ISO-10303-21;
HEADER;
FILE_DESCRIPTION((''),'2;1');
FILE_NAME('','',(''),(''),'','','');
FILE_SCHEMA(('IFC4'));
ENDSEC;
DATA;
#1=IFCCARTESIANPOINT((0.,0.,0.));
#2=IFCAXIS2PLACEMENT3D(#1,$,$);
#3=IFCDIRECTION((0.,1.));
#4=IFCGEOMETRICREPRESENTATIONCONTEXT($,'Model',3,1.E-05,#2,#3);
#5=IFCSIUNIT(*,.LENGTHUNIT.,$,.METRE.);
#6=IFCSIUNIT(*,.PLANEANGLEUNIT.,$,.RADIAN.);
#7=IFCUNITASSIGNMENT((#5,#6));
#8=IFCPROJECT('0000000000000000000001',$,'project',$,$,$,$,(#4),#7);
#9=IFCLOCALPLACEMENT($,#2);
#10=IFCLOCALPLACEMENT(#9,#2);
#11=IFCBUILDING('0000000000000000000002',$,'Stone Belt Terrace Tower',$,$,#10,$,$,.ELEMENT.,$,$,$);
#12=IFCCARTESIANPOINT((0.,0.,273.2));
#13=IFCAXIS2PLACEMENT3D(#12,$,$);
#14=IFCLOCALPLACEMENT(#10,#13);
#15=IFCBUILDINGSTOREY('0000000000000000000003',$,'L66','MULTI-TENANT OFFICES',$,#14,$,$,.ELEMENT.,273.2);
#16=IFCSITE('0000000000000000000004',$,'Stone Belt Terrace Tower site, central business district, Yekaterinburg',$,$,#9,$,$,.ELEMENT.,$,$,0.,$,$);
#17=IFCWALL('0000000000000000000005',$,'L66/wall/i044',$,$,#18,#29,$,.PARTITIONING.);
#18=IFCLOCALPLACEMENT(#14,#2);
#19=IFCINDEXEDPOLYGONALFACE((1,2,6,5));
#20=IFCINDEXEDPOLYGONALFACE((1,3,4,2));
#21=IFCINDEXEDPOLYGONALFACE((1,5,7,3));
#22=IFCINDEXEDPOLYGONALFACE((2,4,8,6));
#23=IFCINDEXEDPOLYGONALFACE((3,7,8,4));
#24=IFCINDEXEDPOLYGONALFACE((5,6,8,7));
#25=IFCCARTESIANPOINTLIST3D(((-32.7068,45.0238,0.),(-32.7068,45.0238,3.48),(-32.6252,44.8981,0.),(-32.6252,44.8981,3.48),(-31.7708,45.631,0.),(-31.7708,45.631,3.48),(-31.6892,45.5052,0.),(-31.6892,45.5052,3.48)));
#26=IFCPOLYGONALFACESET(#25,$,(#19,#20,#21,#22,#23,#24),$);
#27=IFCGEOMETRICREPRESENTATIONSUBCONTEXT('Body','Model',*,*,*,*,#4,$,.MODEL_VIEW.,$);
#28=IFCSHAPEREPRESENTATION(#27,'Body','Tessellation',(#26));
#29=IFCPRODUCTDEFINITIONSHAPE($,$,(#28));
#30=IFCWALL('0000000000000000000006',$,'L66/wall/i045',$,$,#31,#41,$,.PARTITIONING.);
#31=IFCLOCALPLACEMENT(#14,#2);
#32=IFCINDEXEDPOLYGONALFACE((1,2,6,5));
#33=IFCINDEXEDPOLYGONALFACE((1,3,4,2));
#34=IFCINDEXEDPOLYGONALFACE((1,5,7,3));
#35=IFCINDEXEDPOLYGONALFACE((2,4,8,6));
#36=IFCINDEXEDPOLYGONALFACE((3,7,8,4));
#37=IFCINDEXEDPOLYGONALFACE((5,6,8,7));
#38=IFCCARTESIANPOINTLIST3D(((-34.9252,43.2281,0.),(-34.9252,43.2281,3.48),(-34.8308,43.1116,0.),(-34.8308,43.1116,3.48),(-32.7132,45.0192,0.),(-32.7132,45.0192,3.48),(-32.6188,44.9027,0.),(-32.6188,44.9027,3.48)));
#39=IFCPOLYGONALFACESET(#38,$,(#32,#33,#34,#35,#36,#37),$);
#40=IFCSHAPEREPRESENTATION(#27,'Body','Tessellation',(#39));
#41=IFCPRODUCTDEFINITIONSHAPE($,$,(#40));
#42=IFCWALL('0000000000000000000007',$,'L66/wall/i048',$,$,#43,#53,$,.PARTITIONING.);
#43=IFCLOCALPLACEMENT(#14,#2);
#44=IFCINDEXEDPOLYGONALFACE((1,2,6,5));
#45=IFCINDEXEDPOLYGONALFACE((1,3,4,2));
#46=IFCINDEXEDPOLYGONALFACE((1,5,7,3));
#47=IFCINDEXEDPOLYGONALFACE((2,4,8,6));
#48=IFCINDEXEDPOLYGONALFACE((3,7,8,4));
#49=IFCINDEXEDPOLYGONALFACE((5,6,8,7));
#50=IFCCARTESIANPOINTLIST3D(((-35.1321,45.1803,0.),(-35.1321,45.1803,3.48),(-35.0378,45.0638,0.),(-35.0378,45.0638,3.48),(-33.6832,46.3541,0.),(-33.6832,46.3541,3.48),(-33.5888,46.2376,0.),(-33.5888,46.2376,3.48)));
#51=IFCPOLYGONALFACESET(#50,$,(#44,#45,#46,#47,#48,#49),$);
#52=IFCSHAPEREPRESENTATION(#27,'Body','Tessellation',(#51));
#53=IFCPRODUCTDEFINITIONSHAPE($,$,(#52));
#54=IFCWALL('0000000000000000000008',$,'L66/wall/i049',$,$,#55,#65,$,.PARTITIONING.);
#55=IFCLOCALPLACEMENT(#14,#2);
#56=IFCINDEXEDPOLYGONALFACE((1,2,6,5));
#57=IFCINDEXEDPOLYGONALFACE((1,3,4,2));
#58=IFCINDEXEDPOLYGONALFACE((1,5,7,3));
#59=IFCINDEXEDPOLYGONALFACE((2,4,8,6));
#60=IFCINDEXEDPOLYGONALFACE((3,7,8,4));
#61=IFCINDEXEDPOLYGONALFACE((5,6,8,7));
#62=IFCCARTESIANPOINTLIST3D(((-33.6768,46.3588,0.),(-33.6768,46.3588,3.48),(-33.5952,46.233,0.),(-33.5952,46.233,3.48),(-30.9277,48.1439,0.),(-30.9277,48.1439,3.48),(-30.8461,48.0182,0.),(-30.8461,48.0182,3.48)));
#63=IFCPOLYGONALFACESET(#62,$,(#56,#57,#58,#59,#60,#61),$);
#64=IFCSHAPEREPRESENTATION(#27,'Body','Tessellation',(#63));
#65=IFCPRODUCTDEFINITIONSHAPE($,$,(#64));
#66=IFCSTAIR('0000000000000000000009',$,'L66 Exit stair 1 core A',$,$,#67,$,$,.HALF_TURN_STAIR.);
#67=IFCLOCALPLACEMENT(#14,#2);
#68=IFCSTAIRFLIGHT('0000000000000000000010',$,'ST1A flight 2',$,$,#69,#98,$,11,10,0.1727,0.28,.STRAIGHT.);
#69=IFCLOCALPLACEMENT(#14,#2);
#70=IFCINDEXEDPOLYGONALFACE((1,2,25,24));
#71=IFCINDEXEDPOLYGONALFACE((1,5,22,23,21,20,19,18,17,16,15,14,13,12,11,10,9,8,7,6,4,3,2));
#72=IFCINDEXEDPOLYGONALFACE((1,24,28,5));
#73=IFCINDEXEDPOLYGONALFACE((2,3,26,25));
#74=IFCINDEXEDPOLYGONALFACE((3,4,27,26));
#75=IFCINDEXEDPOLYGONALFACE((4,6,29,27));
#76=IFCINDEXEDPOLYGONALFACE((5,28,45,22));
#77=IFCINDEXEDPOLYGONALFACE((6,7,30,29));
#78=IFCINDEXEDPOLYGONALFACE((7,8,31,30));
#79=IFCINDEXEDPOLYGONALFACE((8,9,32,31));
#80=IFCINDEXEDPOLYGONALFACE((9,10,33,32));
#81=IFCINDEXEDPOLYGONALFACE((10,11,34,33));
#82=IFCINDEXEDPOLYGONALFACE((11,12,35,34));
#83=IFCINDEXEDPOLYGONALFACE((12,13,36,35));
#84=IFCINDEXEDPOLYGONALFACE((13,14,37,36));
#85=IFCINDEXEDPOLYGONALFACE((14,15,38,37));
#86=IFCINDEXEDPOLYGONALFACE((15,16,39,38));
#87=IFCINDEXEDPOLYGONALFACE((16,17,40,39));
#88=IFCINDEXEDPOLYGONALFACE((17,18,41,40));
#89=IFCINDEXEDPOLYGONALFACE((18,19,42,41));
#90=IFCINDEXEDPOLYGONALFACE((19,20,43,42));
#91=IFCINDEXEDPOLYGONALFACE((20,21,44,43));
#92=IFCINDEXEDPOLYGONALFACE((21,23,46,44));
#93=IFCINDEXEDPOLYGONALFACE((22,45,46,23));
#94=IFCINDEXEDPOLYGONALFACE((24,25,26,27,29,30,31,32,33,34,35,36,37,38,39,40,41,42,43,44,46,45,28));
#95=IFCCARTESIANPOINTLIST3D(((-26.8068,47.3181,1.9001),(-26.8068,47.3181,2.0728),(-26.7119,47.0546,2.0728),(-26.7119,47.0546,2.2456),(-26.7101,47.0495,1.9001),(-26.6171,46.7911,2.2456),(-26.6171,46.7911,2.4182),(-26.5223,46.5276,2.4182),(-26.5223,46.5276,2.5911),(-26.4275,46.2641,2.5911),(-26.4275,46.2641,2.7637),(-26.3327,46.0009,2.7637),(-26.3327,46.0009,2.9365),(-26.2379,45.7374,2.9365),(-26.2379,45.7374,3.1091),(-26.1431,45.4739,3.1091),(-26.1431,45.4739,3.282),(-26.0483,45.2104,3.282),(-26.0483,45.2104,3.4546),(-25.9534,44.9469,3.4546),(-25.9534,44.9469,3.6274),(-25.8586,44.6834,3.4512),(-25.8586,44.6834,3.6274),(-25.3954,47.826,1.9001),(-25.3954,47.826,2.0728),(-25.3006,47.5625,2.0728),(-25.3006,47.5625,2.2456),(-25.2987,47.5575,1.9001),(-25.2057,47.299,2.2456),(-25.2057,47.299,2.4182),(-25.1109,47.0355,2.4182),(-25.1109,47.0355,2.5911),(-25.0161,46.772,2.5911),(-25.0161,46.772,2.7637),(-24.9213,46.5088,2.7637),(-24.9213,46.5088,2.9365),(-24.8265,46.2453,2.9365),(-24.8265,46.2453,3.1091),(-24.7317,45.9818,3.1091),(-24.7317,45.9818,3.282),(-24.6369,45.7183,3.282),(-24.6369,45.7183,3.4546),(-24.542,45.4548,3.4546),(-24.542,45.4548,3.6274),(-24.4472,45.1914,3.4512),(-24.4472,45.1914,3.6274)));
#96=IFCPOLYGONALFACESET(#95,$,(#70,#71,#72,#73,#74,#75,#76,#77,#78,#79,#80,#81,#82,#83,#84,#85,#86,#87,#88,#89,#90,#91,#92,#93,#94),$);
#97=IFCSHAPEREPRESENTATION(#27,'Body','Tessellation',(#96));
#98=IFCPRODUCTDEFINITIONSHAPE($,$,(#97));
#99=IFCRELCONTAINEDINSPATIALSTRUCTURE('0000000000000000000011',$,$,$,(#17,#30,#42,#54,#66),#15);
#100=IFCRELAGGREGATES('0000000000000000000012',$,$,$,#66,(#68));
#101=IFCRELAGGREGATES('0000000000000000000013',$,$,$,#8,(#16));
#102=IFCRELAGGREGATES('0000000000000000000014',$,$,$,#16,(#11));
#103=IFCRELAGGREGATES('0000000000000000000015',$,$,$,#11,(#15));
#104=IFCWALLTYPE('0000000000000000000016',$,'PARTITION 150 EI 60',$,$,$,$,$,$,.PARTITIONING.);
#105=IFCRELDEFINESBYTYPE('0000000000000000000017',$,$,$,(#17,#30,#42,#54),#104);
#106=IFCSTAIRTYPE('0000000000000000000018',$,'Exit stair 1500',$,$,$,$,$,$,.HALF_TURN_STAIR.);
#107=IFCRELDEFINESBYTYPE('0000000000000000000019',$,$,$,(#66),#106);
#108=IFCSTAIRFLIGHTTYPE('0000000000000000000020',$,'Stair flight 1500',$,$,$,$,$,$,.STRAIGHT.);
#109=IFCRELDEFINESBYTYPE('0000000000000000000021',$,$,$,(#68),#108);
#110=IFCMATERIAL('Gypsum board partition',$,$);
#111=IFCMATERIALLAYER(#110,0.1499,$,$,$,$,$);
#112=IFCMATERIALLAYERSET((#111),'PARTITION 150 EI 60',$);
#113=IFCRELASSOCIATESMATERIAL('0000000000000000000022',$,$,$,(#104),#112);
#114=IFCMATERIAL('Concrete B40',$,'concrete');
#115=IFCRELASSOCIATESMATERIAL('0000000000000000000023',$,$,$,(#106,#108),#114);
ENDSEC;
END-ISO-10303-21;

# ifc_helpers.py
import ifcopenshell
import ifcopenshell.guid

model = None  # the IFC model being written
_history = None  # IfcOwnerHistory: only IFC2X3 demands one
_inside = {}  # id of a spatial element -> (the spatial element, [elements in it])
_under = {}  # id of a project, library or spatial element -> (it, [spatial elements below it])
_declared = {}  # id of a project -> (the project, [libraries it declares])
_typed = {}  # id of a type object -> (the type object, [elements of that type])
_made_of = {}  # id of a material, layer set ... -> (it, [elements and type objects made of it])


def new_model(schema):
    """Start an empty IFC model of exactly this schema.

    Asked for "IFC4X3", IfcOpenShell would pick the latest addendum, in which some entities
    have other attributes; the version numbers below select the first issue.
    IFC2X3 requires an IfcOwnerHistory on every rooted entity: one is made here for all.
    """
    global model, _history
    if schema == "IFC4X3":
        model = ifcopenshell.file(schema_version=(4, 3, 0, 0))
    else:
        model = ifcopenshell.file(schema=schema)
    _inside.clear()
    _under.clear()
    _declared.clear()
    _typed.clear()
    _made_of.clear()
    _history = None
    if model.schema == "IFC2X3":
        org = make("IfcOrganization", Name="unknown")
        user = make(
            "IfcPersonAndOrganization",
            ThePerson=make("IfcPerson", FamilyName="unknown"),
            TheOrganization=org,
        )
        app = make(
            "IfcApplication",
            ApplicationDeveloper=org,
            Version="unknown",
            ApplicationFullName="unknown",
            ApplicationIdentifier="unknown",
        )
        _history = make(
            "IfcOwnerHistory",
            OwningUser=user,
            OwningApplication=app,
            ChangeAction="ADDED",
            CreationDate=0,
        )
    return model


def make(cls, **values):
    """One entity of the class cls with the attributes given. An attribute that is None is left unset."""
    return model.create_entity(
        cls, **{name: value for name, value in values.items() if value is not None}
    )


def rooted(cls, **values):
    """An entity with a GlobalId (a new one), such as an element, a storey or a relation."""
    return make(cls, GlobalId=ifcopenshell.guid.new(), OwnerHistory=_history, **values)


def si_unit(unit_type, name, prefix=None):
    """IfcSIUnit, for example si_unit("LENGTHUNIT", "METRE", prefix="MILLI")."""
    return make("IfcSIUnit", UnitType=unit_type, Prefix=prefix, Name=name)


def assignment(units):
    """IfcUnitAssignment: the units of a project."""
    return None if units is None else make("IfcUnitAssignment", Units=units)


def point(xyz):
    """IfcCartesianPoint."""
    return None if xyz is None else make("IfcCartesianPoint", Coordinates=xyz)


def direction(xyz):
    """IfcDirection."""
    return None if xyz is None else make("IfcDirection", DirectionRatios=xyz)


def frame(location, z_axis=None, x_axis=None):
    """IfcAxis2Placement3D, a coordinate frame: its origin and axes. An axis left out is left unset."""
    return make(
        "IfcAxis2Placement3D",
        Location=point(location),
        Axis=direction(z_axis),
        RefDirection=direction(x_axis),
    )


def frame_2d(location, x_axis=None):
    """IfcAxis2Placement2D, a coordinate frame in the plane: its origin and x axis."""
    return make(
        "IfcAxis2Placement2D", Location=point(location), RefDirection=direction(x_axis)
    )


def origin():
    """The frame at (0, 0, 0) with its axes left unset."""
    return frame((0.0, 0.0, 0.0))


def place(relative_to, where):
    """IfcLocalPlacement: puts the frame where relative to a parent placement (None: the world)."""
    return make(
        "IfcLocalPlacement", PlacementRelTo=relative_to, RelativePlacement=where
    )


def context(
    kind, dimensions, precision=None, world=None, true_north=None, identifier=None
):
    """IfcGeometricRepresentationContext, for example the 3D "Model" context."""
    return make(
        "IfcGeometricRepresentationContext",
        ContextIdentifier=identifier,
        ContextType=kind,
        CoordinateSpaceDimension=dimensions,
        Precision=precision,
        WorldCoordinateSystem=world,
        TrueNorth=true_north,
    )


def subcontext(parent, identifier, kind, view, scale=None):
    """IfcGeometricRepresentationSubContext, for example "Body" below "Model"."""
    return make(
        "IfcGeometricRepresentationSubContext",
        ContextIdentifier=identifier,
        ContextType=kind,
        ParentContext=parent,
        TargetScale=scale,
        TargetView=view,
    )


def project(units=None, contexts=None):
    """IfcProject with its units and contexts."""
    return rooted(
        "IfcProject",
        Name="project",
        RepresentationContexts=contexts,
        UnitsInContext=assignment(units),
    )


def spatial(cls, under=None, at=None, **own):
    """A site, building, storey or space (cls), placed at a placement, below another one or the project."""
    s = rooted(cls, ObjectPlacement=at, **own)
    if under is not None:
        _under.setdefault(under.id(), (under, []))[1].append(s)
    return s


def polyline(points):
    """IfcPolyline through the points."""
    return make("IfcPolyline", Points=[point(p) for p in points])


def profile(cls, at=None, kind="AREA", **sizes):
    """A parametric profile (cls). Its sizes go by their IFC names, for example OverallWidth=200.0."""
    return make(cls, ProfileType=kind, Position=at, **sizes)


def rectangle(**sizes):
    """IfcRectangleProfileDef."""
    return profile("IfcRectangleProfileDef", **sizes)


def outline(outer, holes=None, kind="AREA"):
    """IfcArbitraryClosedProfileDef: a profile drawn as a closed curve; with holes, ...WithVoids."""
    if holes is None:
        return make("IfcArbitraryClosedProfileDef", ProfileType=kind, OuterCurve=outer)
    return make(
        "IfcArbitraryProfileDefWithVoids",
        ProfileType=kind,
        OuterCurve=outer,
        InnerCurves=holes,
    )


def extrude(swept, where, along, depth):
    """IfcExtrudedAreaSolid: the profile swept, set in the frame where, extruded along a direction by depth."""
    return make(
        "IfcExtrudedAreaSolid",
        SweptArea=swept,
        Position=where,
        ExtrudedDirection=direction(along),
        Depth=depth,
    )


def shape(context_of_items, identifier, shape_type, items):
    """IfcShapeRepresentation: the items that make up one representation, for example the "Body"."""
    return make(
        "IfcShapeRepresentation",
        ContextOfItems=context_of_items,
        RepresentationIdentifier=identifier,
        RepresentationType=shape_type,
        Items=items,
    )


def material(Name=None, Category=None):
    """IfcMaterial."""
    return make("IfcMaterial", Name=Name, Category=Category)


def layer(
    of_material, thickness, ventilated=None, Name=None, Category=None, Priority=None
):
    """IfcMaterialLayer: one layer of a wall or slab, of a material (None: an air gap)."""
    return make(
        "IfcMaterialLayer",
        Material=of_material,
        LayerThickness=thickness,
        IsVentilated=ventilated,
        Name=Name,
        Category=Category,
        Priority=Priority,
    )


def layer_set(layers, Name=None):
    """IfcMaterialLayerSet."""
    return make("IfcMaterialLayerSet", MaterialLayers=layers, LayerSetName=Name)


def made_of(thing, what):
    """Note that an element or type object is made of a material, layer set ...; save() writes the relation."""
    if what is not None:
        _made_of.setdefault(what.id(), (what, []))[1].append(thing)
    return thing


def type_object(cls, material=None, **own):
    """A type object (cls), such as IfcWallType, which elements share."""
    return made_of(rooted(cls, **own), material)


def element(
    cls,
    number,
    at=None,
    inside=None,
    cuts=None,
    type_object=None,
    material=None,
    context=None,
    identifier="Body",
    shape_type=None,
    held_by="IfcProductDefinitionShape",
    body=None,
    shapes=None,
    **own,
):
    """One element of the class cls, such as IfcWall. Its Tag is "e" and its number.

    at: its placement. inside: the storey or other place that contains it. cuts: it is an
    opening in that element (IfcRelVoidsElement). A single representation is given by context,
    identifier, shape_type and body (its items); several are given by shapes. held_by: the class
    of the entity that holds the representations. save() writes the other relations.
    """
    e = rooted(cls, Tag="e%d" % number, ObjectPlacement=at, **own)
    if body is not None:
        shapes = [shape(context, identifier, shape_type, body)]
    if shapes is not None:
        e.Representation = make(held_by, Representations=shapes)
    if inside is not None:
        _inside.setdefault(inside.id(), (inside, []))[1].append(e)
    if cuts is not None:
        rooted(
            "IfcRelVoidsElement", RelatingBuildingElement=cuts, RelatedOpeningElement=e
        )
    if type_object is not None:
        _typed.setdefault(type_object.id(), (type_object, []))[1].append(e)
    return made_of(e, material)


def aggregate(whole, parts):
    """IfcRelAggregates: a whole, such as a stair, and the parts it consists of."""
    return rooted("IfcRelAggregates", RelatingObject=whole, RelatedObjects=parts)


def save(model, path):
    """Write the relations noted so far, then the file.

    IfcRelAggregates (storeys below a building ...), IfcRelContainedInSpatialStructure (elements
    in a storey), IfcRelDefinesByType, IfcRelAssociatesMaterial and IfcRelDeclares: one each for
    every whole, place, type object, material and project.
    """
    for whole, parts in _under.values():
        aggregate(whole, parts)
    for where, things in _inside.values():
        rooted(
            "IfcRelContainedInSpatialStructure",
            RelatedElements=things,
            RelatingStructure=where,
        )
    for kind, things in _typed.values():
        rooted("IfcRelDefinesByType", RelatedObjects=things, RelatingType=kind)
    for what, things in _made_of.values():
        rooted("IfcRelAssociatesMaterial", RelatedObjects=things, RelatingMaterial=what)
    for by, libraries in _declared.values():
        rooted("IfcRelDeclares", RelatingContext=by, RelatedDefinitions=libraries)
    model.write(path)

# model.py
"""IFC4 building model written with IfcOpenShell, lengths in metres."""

from ifc_helpers import new_model, si_unit, direction, frame, frame_2d, origin, place, context, subcontext, project, spatial, polyline, rectangle, outline, extrude, material, layer, layer_set, type_object, element, aggregate, save


model = new_model("IFC4")

# Units and contexts
model_context = context("Model", 3, precision=1e-05, world=origin(), true_north=direction((0.0, 1.0)))
body_context = subcontext(model_context, "Body", "Model", "MODEL_VIEW")
ifc_project = project(units=[si_unit("LENGTHUNIT", "METRE"), si_unit("PLANEANGLEUNIT", "RADIAN")], contexts=[model_context])

# Site, building, storey
site_placement = place(None, origin())
site = spatial("IfcSite", under=ifc_project, at=site_placement, Name="Stone Belt Terrace Tower site, central business district, Yekaterinburg", CompositionType="ELEMENT", RefElevation=0.0)
building_placement = place(site_placement, origin())
building = spatial("IfcBuilding", under=site, at=building_placement, Name="Stone Belt Terrace Tower", CompositionType="ELEMENT")
storey_placement = place(building_placement, frame((0.0, 0.0, 273.2)))
storey = spatial("IfcBuildingStorey", under=building, at=storey_placement, Name="L66", Description="MULTI-TENANT OFFICES", CompositionType="ELEMENT", Elevation=273.2)

# Walls
ifc_material_1 = material(Name="Gypsum board partition")
ifc_layer_1 = layer(ifc_material_1, 0.1499)
ifc_layer_set_1 = layer_set([ifc_layer_1], Name="PARTITION 150 EI 60")
wall_type_1 = type_object("IfcWallType", Name="PARTITION 150 EI 60", PredefinedType="PARTITIONING", material=ifc_layer_set_1)
wall_1_placement = place(storey_placement, frame((-31.73, 45.5681, 0.0), z_axis=(0.0, 0.0, 1.0), x_axis=(-0.838953, -0.544204, 0.0)))
element("IfcWall", 1, at=wall_1_placement, inside=storey, type_object=wall_type_1, Name="L66/wall/i044", PredefinedType="PARTITIONING", context=body_context, shape_type="SweptSolid", body=[
    extrude(rectangle(XDim=1.1157, YDim=0.1499, at=frame_2d((0.5579, 0.0))), origin(), (0.0, 0.0, 1.0), 3.48),
])
wall_2_placement = place(storey_placement, frame((-32.666, 44.9609, 0.0), z_axis=(0.0, 0.0, 1.0), x_axis=(-0.777173, -0.629287, 0.0)))
element("IfcWall", 2, at=wall_2_placement, inside=storey, type_object=wall_type_1, Name="L66/wall/i045", PredefinedType="PARTITIONING", context=body_context, shape_type="SweptSolid", body=[
    extrude(rectangle(XDim=2.8462, YDim=0.1499, at=frame_2d((1.4231, 0.0))), origin(), (0.0, 0.0, 1.0), 3.48),
])
wall_3_placement = place(storey_placement, frame((-35.085, 45.1221, 0.0), z_axis=(0.0, 0.0, 1.0), x_axis=(0.777022, 0.629473, 0.0)))
element("IfcWall", 3, at=wall_3_placement, inside=storey, type_object=wall_type_1, Name="L66/wall/i048", PredefinedType="PARTITIONING", context=body_context, shape_type="SweptSolid", body=[
    extrude(rectangle(XDim=1.8647, YDim=0.1499, at=frame_2d((0.9324, 0.0))), origin(), (0.0, 0.0, 1.0), 3.48),
])
wall_4_placement = place(storey_placement, frame((-33.636, 46.2959, 0.0), z_axis=(0.0, 0.0, 1.0), x_axis=(0.838682, 0.544622, 0.0)))
element("IfcWall", 4, at=wall_4_placement, inside=storey, type_object=wall_type_1, Name="L66/wall/i049", PredefinedType="PARTITIONING", context=body_context, shape_type="SweptSolid", body=[
    extrude(rectangle(XDim=3.2778, YDim=0.1499, at=frame_2d((1.6389, 0.0))), origin(), (0.0, 0.0, 1.0), 3.48),
])

# Stair, stair flight
ifc_material_2 = material(Name="Concrete B40", Category="concrete")
stair_type = type_object("IfcStairType", Name="Exit stair 1500", PredefinedType="HALF_TURN_STAIR", material=ifc_material_2)
stair_placement = place(storey_placement, origin())
stair = element("IfcStair", 5, at=stair_placement, inside=storey, type_object=stair_type, Name="L66 Exit stair 1 core A", PredefinedType="HALF_TURN_STAIR")
stair_flight_type = type_object("IfcStairFlightType", Name="Stair flight 1500", PredefinedType="STRAIGHT", material=ifc_material_2)
stair_flight_placement = place(storey_placement, frame((-26.1011, 47.572, 1.9001), z_axis=(0.0, 0.0, 1.0), x_axis=(0.338624, -0.940922, 0.0)))
stair_flight = element("IfcStairFlight", 6, at=stair_flight_placement, type_object=stair_flight_type, Name="ST1A flight 2", NumberOfRisers=11, NumberOfTreads=10, PredefinedType="STRAIGHT", RiserHeight=0.1727, TreadLength=0.28, context=body_context, shape_type="SweptSolid", body=[
    extrude(outline(polyline([(0.0, 0.0), (0.0, 0.1726), (0.28, 0.1726), (0.28, 0.3455), (0.5601, 0.3455), (0.5601, 0.5181), (0.8401, 0.5181), (0.8401, 0.6909), (1.1201, 0.6909), (1.1201, 0.8635), (1.3999, 0.8635), (1.3999, 1.0364), (1.6799, 1.0364), (1.6799, 1.209), (1.96, 1.209), (1.96, 1.3818), (2.24, 1.3818), (2.24, 1.5544), (2.52, 1.5544), (2.52, 1.7273), (2.8, 1.7273), (2.8, 1.8999), (2.8, 1.551), (0.2854, 0.0), (0.0, 0.0)])), frame((0.0, 0.75, 0.0), z_axis=(0.0, -1.0, 0.0), x_axis=(1.0, 0.0, 0.0)), (0.0, 0.0, 1.0), 1.5),
])
aggregate(stair, [stair_flight])

save(model, "model.ifc")
